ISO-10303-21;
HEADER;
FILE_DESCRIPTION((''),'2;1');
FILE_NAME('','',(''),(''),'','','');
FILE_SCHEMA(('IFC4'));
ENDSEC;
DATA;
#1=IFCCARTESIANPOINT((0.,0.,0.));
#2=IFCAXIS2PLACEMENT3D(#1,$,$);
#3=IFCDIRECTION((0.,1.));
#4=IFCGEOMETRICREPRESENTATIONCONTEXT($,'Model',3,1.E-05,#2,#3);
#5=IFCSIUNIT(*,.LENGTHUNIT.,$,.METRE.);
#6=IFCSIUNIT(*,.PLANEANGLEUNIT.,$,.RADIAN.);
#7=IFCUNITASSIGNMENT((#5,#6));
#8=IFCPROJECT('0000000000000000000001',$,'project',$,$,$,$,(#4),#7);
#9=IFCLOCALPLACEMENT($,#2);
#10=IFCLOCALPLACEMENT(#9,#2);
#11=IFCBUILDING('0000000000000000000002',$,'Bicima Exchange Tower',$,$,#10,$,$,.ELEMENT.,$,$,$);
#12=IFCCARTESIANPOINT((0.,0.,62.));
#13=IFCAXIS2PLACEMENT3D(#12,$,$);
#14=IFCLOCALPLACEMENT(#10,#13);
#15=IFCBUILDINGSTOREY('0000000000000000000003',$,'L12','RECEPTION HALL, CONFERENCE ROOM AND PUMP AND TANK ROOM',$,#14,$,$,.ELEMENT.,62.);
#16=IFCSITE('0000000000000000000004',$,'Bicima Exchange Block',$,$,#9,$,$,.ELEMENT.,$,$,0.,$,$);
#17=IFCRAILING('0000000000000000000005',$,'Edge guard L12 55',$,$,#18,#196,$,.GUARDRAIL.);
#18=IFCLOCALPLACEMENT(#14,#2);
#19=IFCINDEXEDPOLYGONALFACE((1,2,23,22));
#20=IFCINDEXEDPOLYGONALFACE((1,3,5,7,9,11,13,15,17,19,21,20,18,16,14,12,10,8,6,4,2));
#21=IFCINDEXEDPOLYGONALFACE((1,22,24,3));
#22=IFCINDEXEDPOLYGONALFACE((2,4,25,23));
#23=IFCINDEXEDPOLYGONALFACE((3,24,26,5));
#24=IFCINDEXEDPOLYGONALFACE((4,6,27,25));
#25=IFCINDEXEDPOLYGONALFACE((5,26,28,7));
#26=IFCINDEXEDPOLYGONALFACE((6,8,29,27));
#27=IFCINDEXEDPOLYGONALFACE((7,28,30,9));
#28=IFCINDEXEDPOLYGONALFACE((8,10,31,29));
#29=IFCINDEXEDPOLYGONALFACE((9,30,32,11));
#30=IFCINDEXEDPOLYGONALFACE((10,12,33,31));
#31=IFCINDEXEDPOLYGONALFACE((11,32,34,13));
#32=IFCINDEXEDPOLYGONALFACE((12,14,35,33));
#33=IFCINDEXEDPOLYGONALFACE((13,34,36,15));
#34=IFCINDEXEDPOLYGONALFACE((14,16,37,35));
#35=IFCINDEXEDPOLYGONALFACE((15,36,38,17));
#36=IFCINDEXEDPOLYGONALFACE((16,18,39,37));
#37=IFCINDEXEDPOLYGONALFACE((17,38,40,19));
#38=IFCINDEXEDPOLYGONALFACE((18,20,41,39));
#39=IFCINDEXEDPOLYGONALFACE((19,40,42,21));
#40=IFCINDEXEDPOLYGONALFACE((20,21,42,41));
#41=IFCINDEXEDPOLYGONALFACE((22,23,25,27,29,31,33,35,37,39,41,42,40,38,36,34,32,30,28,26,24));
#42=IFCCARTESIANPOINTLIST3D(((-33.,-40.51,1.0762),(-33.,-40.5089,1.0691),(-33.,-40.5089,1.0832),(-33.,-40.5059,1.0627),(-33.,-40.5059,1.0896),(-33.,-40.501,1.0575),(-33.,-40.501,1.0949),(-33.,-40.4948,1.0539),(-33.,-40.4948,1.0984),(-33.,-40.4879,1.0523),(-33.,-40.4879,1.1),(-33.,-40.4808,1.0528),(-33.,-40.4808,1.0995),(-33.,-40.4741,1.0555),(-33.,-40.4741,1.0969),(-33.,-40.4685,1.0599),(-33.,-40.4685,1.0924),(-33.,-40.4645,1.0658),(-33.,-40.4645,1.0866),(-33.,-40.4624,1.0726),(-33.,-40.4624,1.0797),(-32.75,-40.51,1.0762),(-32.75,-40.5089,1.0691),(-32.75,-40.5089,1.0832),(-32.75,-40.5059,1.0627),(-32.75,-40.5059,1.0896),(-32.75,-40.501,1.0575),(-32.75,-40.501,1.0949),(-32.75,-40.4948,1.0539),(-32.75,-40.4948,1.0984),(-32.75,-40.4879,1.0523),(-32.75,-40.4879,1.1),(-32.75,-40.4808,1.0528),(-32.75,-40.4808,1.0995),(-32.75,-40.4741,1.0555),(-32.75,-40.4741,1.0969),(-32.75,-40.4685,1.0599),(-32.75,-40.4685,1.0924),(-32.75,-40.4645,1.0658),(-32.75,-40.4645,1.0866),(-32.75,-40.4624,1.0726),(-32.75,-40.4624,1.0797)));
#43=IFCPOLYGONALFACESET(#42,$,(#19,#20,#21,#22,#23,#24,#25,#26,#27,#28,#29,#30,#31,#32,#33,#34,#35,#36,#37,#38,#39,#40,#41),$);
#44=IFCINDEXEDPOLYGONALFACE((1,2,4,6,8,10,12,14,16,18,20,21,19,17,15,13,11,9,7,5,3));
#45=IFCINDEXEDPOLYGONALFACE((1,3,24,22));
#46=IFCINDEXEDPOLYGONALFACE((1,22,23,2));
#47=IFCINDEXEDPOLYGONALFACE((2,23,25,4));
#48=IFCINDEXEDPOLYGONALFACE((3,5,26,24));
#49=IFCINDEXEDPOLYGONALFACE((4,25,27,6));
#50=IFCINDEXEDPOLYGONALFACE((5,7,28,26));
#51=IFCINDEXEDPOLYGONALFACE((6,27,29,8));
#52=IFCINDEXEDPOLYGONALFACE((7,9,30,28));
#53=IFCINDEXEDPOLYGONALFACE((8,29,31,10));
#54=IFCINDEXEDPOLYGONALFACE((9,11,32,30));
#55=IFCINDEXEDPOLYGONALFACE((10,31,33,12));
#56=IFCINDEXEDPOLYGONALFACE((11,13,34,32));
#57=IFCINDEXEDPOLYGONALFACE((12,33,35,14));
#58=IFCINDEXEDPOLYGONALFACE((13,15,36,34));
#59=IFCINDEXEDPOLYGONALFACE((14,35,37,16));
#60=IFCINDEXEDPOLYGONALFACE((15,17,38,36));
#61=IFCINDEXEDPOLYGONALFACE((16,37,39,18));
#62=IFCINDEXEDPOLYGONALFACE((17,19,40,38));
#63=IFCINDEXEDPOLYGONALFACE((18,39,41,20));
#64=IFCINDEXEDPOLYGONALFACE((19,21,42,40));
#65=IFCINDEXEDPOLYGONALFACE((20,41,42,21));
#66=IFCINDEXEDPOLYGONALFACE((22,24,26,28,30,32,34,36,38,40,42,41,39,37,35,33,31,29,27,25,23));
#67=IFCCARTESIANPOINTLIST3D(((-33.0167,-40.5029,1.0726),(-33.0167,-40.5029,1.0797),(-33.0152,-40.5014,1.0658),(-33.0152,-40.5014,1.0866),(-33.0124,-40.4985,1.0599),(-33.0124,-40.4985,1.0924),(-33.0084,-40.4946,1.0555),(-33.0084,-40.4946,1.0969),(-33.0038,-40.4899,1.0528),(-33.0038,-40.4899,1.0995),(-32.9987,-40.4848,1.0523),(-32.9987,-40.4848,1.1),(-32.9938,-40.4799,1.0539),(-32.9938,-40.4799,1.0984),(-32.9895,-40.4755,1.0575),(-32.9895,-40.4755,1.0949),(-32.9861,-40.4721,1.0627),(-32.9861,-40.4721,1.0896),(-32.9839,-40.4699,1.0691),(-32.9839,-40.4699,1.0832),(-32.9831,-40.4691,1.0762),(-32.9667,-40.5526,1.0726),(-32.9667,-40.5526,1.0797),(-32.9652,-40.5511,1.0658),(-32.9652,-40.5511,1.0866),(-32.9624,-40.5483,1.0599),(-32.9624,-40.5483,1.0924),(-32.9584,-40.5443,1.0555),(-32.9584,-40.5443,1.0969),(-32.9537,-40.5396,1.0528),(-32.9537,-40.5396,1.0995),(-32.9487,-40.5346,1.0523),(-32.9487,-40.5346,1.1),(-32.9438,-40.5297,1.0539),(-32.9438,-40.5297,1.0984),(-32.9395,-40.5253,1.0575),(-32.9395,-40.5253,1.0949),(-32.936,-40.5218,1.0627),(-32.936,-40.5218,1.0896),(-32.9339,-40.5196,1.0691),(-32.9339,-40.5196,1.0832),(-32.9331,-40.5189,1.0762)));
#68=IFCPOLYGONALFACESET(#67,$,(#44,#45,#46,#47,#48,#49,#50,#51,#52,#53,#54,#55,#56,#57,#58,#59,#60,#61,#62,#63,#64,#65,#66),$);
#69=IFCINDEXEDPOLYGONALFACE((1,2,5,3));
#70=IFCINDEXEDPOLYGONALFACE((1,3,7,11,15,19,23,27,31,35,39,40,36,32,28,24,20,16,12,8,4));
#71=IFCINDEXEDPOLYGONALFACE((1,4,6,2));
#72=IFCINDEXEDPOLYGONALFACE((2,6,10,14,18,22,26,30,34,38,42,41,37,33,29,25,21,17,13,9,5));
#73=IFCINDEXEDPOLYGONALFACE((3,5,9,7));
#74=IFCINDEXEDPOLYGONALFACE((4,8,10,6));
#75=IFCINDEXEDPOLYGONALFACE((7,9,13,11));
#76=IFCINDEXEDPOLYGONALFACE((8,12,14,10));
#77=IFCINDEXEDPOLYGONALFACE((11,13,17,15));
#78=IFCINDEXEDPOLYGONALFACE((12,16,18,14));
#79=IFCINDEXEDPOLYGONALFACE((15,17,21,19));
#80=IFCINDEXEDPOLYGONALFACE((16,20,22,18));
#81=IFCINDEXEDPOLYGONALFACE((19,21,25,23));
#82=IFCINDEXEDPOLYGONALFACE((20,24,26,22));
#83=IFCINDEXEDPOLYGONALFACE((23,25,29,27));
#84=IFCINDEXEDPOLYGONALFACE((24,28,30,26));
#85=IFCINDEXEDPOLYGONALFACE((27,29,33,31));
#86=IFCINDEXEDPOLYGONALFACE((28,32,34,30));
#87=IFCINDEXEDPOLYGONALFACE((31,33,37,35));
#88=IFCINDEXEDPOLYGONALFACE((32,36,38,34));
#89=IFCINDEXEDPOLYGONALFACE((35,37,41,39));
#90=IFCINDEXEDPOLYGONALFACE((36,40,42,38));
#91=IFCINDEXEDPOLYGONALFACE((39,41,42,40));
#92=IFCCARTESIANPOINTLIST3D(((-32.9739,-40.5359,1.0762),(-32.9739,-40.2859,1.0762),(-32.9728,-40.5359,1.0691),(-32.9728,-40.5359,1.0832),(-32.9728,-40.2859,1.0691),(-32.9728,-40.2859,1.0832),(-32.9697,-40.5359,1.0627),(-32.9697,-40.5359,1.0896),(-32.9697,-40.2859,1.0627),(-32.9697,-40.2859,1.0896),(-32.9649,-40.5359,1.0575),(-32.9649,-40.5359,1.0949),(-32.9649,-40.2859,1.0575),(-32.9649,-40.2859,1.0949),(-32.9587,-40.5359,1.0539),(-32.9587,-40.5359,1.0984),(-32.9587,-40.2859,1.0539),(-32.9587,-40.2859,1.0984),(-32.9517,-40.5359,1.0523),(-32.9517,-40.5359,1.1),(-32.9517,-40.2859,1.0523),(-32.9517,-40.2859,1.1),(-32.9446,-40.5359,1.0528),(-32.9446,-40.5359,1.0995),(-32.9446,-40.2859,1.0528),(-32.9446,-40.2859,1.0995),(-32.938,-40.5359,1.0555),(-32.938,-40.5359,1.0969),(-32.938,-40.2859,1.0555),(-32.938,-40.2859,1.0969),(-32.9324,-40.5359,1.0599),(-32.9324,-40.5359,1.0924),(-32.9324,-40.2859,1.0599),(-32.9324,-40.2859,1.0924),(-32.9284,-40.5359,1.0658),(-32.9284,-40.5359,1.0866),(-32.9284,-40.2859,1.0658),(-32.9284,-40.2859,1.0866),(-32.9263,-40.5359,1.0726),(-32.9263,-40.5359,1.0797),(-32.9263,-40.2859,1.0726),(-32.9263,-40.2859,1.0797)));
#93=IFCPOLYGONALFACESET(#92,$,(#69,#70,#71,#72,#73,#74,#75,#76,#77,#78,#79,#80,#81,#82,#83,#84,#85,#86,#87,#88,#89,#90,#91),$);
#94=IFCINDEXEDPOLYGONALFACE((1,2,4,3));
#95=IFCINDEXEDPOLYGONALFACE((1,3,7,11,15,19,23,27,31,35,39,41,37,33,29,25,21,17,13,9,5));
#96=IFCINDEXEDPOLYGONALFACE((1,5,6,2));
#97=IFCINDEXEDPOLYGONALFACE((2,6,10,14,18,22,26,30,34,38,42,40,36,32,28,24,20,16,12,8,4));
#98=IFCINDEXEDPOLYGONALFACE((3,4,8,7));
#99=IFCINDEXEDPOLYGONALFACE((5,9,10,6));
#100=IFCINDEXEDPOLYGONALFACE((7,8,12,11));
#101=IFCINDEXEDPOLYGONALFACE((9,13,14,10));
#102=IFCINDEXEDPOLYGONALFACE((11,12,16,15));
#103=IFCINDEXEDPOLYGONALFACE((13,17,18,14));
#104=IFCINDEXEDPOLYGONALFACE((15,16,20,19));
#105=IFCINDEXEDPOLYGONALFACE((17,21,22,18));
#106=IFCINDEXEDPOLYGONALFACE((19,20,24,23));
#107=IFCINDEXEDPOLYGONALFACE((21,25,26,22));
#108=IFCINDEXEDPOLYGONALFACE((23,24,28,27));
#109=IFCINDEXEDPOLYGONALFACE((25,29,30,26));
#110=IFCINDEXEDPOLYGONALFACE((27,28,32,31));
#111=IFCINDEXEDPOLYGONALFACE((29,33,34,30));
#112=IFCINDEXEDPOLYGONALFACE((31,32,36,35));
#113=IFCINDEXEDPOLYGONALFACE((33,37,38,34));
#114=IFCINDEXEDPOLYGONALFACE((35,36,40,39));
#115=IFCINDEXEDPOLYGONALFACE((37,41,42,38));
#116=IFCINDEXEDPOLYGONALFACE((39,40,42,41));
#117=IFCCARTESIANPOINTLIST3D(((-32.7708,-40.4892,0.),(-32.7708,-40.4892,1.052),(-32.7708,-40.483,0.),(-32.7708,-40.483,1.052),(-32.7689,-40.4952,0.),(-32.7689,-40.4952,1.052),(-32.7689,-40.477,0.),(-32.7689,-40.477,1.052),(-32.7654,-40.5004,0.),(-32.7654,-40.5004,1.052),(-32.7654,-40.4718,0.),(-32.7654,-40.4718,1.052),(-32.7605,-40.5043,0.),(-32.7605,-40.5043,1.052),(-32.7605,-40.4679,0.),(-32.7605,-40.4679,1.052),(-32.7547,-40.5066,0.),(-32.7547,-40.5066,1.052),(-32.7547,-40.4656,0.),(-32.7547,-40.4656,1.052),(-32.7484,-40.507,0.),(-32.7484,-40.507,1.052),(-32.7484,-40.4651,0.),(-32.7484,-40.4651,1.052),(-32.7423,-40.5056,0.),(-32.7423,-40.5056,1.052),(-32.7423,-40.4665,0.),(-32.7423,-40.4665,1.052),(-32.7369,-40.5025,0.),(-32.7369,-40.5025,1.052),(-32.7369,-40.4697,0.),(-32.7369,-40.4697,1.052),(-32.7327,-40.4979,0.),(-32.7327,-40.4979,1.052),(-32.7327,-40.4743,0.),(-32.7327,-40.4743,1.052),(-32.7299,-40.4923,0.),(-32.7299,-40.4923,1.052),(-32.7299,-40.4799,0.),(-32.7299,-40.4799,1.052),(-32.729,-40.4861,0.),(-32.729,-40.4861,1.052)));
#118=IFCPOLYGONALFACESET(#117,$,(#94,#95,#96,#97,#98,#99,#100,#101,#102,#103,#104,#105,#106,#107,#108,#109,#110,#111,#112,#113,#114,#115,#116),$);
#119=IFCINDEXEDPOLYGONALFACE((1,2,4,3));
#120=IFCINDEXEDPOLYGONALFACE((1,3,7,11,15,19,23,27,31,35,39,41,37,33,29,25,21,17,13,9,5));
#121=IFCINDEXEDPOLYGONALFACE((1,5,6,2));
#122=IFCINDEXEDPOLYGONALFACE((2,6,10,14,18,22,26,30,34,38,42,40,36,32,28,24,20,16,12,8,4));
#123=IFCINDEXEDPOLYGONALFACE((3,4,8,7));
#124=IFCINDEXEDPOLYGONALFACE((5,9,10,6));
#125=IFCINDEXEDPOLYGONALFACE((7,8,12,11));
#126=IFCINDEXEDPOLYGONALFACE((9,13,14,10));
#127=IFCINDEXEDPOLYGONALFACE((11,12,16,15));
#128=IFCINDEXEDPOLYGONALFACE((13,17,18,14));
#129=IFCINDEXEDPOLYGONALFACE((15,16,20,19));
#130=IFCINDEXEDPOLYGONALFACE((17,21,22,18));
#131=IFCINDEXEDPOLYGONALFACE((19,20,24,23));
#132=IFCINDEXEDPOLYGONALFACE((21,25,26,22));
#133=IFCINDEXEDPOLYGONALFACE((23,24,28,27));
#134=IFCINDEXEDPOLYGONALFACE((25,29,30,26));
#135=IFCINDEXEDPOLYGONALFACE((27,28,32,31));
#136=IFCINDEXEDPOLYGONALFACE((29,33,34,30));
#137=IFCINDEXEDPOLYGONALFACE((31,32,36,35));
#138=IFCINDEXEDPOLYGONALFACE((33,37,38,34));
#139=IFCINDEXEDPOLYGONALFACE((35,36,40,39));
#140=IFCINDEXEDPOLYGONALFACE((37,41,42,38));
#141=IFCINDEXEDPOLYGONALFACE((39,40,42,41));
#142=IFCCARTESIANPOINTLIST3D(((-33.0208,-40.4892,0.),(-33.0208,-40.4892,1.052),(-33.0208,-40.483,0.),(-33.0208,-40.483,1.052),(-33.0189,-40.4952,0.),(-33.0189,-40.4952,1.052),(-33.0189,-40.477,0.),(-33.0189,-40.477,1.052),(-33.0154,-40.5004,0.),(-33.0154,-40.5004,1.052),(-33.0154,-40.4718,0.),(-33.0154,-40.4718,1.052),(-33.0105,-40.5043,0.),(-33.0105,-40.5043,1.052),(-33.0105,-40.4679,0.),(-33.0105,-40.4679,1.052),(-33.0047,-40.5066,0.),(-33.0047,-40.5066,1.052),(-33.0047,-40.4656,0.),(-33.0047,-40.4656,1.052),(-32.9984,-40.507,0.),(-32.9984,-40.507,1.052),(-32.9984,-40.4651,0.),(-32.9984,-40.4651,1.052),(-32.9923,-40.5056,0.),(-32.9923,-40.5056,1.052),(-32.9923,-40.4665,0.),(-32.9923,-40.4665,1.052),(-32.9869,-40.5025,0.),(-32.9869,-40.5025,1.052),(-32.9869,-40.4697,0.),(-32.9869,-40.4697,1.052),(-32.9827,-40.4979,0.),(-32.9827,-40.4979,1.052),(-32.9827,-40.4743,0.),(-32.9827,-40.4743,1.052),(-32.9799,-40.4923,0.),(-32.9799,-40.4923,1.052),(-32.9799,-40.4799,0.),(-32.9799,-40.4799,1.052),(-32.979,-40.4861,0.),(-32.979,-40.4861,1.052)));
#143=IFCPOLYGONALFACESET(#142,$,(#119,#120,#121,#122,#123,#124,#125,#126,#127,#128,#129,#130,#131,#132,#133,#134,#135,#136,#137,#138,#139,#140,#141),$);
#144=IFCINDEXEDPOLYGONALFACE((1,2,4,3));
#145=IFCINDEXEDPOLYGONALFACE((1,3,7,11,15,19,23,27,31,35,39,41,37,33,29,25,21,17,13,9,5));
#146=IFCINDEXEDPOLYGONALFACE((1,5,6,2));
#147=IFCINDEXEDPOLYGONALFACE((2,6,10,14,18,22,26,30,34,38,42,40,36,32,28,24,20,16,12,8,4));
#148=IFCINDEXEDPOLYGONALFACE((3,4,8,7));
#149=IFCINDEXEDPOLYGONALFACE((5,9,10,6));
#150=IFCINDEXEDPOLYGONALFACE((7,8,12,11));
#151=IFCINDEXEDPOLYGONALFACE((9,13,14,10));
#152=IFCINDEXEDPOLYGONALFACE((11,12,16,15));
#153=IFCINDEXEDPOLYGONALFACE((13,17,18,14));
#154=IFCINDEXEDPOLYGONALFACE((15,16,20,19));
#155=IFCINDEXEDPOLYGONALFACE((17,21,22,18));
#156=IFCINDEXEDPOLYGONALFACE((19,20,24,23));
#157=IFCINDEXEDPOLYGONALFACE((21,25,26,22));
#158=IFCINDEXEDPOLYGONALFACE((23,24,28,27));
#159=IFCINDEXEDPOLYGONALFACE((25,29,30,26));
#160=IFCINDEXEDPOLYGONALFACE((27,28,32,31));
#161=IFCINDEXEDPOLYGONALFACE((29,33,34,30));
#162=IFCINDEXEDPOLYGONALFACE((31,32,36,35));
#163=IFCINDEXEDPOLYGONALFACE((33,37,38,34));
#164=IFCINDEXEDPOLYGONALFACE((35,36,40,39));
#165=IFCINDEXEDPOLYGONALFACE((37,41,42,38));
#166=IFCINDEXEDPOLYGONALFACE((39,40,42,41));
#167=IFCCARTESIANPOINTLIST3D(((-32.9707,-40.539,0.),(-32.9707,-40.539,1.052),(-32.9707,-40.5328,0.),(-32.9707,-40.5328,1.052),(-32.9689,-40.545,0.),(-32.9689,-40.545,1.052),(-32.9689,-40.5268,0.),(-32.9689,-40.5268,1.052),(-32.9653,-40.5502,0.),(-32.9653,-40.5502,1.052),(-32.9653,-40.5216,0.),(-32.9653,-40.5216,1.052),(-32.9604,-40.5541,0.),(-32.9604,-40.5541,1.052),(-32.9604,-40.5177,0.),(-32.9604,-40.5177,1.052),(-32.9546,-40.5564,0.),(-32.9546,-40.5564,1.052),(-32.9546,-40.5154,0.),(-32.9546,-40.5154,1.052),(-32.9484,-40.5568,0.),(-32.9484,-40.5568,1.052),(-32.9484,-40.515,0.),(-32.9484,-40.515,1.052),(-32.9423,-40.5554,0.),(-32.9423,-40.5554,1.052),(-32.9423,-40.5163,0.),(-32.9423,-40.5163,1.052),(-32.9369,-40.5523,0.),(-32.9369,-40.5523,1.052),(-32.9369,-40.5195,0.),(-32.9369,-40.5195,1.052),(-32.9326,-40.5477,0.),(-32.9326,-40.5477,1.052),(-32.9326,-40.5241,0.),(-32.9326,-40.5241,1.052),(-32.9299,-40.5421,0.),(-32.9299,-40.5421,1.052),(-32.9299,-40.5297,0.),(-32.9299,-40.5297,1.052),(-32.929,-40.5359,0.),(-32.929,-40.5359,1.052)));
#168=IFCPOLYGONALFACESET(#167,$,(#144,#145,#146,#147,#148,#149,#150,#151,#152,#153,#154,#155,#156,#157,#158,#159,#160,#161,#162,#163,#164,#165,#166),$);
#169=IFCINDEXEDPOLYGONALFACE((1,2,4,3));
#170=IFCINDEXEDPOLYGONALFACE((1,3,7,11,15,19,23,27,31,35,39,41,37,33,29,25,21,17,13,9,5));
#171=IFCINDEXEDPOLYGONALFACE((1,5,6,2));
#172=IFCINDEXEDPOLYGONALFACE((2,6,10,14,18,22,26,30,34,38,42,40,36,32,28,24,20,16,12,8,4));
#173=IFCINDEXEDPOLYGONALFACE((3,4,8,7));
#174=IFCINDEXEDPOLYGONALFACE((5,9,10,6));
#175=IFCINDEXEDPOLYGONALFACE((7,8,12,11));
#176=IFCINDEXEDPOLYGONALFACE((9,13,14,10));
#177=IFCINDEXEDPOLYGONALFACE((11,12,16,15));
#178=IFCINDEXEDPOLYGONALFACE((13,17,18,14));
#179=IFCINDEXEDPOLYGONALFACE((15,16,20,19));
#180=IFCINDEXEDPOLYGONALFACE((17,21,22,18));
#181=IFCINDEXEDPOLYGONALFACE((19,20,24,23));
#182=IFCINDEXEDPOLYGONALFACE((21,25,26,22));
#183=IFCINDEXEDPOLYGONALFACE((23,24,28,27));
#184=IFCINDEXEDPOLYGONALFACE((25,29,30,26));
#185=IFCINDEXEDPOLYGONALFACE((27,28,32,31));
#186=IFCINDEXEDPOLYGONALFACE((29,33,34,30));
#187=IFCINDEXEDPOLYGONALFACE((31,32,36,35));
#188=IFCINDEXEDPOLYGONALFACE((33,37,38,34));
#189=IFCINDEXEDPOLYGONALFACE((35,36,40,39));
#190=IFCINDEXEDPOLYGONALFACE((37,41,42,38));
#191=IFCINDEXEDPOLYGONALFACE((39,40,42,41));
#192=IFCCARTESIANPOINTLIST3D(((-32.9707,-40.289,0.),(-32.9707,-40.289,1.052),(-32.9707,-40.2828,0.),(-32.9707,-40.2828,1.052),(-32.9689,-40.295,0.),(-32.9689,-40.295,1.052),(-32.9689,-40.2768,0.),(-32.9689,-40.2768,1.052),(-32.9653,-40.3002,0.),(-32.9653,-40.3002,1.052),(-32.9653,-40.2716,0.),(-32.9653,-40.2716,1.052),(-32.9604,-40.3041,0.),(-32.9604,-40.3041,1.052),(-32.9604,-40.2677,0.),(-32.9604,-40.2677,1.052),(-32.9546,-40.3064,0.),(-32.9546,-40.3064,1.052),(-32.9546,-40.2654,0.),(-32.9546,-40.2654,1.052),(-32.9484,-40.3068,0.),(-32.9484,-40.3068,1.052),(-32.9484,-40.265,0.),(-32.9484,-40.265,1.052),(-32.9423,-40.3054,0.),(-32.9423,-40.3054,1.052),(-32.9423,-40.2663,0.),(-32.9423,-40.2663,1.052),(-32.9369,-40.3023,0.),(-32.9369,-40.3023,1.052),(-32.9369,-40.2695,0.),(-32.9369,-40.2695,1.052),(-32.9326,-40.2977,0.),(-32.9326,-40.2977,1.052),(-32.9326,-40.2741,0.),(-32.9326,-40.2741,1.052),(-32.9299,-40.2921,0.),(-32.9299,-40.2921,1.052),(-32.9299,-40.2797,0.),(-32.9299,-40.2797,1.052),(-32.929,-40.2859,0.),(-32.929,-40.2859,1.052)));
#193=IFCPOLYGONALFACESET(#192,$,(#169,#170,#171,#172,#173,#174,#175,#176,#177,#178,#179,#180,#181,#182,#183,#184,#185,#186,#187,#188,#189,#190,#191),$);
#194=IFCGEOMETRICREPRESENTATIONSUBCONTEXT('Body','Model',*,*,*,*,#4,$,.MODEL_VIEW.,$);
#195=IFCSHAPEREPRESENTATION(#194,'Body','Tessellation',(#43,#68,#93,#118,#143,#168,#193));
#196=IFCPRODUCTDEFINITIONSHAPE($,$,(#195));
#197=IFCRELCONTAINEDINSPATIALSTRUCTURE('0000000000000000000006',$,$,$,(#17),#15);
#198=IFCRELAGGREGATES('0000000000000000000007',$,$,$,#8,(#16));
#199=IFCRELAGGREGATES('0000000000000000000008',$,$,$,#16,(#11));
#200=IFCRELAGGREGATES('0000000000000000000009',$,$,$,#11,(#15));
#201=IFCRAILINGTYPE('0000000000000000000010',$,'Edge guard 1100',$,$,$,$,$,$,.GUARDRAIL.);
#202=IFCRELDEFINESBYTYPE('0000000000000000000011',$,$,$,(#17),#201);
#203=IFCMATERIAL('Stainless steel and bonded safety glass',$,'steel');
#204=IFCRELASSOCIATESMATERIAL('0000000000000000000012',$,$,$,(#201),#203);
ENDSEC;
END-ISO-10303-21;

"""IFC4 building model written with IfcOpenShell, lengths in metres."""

from ifc_helpers import new_model, si_unit, direction, frame, origin, origin_2d, place, context, subcontext, project, spatial, circle, extrude, material, type_object, element, save


model = new_model("IFC4")

# Units and contexts
model_context = context("Model", 3, precision=1e-05, world=origin(), true_north=direction((0.0, 1.0)))
body_context = subcontext(model_context, "Body", "Model", "MODEL_VIEW")
ifc_project = project(units=[si_unit("LENGTHUNIT", "METRE"), si_unit("PLANEANGLEUNIT", "RADIAN")], contexts=[model_context])

# Site, building, storey
site_placement = place(None, origin())
site = spatial("IfcSite", under=ifc_project, at=site_placement, Name="Bicima Exchange Block", CompositionType="ELEMENT", RefElevation=0.0)
building_placement = place(site_placement, origin())
building = spatial("IfcBuilding", under=site, at=building_placement, Name="Bicima Exchange Tower", CompositionType="ELEMENT")
storey_placement = place(building_placement, frame((0.0, 0.0, 62.0)))
storey = spatial("IfcBuildingStorey", under=building, at=storey_placement, Name="L12", Description="RECEPTION HALL, CONFERENCE ROOM AND PUMP AND TANK ROOM", CompositionType="ELEMENT", Elevation=62.0)

# Railing
ifc_material_1 = material(Name="Stainless steel and bonded safety glass", Category="steel")
railing_type = type_object("IfcRailingType", Name="Edge guard 1100", PredefinedType="GUARDRAIL", material=ifc_material_1)
railing_1_placement = place(storey_placement, frame((-32.75, -40.4861, 0.0)))
element("IfcRailing", 1, at=railing_1_placement, inside=storey, type_object=railing_type, Name="Edge guard L12 55", PredefinedType="GUARDRAIL", context=body_context, shape_type="SweptSolid", body=[
    extrude(circle(Radius=0.0239, at=origin_2d()), frame((0.0, 0.0, 1.0762), z_axis=(-1.0, 0.0, 0.0), x_axis=(0.0, -1.0, 0.0)), (0.0, 0.0, 1.0), 0.25),
    extrude(circle(Radius=0.0239, at=origin_2d()), frame((-0.25, 0.0, 1.0762), z_axis=(0.708834, -0.705376, 0.0), x_axis=(0.705376, 0.708834, 0.0)), (0.0, 0.0, 1.0), 0.0706),
    extrude(circle(Radius=0.0239, at=origin_2d()), frame((-0.2, -0.0498, 1.0762), z_axis=(0.0, 1.0, 0.0), x_axis=(-1.0, 0.0, 0.0)), (0.0, 0.0, 1.0), 0.25),
    extrude(circle(Radius=0.021, at=origin_2d()), origin(), (0.0, 0.0, 1.0), 1.052),
    extrude(circle(Radius=0.021, at=origin_2d()), frame((-0.25, 0.0, 0.0)), (0.0, 0.0, 1.0), 1.052),
    extrude(circle(Radius=0.021, at=origin_2d()), frame((-0.2, -0.0498, 0.0)), (0.0, 0.0, 1.0), 1.052),
    extrude(circle(Radius=0.021, at=origin_2d()), frame((-0.2, 0.2002, 0.0)), (0.0, 0.0, 1.0), 1.052),
])

save(model, "model.ifc")
